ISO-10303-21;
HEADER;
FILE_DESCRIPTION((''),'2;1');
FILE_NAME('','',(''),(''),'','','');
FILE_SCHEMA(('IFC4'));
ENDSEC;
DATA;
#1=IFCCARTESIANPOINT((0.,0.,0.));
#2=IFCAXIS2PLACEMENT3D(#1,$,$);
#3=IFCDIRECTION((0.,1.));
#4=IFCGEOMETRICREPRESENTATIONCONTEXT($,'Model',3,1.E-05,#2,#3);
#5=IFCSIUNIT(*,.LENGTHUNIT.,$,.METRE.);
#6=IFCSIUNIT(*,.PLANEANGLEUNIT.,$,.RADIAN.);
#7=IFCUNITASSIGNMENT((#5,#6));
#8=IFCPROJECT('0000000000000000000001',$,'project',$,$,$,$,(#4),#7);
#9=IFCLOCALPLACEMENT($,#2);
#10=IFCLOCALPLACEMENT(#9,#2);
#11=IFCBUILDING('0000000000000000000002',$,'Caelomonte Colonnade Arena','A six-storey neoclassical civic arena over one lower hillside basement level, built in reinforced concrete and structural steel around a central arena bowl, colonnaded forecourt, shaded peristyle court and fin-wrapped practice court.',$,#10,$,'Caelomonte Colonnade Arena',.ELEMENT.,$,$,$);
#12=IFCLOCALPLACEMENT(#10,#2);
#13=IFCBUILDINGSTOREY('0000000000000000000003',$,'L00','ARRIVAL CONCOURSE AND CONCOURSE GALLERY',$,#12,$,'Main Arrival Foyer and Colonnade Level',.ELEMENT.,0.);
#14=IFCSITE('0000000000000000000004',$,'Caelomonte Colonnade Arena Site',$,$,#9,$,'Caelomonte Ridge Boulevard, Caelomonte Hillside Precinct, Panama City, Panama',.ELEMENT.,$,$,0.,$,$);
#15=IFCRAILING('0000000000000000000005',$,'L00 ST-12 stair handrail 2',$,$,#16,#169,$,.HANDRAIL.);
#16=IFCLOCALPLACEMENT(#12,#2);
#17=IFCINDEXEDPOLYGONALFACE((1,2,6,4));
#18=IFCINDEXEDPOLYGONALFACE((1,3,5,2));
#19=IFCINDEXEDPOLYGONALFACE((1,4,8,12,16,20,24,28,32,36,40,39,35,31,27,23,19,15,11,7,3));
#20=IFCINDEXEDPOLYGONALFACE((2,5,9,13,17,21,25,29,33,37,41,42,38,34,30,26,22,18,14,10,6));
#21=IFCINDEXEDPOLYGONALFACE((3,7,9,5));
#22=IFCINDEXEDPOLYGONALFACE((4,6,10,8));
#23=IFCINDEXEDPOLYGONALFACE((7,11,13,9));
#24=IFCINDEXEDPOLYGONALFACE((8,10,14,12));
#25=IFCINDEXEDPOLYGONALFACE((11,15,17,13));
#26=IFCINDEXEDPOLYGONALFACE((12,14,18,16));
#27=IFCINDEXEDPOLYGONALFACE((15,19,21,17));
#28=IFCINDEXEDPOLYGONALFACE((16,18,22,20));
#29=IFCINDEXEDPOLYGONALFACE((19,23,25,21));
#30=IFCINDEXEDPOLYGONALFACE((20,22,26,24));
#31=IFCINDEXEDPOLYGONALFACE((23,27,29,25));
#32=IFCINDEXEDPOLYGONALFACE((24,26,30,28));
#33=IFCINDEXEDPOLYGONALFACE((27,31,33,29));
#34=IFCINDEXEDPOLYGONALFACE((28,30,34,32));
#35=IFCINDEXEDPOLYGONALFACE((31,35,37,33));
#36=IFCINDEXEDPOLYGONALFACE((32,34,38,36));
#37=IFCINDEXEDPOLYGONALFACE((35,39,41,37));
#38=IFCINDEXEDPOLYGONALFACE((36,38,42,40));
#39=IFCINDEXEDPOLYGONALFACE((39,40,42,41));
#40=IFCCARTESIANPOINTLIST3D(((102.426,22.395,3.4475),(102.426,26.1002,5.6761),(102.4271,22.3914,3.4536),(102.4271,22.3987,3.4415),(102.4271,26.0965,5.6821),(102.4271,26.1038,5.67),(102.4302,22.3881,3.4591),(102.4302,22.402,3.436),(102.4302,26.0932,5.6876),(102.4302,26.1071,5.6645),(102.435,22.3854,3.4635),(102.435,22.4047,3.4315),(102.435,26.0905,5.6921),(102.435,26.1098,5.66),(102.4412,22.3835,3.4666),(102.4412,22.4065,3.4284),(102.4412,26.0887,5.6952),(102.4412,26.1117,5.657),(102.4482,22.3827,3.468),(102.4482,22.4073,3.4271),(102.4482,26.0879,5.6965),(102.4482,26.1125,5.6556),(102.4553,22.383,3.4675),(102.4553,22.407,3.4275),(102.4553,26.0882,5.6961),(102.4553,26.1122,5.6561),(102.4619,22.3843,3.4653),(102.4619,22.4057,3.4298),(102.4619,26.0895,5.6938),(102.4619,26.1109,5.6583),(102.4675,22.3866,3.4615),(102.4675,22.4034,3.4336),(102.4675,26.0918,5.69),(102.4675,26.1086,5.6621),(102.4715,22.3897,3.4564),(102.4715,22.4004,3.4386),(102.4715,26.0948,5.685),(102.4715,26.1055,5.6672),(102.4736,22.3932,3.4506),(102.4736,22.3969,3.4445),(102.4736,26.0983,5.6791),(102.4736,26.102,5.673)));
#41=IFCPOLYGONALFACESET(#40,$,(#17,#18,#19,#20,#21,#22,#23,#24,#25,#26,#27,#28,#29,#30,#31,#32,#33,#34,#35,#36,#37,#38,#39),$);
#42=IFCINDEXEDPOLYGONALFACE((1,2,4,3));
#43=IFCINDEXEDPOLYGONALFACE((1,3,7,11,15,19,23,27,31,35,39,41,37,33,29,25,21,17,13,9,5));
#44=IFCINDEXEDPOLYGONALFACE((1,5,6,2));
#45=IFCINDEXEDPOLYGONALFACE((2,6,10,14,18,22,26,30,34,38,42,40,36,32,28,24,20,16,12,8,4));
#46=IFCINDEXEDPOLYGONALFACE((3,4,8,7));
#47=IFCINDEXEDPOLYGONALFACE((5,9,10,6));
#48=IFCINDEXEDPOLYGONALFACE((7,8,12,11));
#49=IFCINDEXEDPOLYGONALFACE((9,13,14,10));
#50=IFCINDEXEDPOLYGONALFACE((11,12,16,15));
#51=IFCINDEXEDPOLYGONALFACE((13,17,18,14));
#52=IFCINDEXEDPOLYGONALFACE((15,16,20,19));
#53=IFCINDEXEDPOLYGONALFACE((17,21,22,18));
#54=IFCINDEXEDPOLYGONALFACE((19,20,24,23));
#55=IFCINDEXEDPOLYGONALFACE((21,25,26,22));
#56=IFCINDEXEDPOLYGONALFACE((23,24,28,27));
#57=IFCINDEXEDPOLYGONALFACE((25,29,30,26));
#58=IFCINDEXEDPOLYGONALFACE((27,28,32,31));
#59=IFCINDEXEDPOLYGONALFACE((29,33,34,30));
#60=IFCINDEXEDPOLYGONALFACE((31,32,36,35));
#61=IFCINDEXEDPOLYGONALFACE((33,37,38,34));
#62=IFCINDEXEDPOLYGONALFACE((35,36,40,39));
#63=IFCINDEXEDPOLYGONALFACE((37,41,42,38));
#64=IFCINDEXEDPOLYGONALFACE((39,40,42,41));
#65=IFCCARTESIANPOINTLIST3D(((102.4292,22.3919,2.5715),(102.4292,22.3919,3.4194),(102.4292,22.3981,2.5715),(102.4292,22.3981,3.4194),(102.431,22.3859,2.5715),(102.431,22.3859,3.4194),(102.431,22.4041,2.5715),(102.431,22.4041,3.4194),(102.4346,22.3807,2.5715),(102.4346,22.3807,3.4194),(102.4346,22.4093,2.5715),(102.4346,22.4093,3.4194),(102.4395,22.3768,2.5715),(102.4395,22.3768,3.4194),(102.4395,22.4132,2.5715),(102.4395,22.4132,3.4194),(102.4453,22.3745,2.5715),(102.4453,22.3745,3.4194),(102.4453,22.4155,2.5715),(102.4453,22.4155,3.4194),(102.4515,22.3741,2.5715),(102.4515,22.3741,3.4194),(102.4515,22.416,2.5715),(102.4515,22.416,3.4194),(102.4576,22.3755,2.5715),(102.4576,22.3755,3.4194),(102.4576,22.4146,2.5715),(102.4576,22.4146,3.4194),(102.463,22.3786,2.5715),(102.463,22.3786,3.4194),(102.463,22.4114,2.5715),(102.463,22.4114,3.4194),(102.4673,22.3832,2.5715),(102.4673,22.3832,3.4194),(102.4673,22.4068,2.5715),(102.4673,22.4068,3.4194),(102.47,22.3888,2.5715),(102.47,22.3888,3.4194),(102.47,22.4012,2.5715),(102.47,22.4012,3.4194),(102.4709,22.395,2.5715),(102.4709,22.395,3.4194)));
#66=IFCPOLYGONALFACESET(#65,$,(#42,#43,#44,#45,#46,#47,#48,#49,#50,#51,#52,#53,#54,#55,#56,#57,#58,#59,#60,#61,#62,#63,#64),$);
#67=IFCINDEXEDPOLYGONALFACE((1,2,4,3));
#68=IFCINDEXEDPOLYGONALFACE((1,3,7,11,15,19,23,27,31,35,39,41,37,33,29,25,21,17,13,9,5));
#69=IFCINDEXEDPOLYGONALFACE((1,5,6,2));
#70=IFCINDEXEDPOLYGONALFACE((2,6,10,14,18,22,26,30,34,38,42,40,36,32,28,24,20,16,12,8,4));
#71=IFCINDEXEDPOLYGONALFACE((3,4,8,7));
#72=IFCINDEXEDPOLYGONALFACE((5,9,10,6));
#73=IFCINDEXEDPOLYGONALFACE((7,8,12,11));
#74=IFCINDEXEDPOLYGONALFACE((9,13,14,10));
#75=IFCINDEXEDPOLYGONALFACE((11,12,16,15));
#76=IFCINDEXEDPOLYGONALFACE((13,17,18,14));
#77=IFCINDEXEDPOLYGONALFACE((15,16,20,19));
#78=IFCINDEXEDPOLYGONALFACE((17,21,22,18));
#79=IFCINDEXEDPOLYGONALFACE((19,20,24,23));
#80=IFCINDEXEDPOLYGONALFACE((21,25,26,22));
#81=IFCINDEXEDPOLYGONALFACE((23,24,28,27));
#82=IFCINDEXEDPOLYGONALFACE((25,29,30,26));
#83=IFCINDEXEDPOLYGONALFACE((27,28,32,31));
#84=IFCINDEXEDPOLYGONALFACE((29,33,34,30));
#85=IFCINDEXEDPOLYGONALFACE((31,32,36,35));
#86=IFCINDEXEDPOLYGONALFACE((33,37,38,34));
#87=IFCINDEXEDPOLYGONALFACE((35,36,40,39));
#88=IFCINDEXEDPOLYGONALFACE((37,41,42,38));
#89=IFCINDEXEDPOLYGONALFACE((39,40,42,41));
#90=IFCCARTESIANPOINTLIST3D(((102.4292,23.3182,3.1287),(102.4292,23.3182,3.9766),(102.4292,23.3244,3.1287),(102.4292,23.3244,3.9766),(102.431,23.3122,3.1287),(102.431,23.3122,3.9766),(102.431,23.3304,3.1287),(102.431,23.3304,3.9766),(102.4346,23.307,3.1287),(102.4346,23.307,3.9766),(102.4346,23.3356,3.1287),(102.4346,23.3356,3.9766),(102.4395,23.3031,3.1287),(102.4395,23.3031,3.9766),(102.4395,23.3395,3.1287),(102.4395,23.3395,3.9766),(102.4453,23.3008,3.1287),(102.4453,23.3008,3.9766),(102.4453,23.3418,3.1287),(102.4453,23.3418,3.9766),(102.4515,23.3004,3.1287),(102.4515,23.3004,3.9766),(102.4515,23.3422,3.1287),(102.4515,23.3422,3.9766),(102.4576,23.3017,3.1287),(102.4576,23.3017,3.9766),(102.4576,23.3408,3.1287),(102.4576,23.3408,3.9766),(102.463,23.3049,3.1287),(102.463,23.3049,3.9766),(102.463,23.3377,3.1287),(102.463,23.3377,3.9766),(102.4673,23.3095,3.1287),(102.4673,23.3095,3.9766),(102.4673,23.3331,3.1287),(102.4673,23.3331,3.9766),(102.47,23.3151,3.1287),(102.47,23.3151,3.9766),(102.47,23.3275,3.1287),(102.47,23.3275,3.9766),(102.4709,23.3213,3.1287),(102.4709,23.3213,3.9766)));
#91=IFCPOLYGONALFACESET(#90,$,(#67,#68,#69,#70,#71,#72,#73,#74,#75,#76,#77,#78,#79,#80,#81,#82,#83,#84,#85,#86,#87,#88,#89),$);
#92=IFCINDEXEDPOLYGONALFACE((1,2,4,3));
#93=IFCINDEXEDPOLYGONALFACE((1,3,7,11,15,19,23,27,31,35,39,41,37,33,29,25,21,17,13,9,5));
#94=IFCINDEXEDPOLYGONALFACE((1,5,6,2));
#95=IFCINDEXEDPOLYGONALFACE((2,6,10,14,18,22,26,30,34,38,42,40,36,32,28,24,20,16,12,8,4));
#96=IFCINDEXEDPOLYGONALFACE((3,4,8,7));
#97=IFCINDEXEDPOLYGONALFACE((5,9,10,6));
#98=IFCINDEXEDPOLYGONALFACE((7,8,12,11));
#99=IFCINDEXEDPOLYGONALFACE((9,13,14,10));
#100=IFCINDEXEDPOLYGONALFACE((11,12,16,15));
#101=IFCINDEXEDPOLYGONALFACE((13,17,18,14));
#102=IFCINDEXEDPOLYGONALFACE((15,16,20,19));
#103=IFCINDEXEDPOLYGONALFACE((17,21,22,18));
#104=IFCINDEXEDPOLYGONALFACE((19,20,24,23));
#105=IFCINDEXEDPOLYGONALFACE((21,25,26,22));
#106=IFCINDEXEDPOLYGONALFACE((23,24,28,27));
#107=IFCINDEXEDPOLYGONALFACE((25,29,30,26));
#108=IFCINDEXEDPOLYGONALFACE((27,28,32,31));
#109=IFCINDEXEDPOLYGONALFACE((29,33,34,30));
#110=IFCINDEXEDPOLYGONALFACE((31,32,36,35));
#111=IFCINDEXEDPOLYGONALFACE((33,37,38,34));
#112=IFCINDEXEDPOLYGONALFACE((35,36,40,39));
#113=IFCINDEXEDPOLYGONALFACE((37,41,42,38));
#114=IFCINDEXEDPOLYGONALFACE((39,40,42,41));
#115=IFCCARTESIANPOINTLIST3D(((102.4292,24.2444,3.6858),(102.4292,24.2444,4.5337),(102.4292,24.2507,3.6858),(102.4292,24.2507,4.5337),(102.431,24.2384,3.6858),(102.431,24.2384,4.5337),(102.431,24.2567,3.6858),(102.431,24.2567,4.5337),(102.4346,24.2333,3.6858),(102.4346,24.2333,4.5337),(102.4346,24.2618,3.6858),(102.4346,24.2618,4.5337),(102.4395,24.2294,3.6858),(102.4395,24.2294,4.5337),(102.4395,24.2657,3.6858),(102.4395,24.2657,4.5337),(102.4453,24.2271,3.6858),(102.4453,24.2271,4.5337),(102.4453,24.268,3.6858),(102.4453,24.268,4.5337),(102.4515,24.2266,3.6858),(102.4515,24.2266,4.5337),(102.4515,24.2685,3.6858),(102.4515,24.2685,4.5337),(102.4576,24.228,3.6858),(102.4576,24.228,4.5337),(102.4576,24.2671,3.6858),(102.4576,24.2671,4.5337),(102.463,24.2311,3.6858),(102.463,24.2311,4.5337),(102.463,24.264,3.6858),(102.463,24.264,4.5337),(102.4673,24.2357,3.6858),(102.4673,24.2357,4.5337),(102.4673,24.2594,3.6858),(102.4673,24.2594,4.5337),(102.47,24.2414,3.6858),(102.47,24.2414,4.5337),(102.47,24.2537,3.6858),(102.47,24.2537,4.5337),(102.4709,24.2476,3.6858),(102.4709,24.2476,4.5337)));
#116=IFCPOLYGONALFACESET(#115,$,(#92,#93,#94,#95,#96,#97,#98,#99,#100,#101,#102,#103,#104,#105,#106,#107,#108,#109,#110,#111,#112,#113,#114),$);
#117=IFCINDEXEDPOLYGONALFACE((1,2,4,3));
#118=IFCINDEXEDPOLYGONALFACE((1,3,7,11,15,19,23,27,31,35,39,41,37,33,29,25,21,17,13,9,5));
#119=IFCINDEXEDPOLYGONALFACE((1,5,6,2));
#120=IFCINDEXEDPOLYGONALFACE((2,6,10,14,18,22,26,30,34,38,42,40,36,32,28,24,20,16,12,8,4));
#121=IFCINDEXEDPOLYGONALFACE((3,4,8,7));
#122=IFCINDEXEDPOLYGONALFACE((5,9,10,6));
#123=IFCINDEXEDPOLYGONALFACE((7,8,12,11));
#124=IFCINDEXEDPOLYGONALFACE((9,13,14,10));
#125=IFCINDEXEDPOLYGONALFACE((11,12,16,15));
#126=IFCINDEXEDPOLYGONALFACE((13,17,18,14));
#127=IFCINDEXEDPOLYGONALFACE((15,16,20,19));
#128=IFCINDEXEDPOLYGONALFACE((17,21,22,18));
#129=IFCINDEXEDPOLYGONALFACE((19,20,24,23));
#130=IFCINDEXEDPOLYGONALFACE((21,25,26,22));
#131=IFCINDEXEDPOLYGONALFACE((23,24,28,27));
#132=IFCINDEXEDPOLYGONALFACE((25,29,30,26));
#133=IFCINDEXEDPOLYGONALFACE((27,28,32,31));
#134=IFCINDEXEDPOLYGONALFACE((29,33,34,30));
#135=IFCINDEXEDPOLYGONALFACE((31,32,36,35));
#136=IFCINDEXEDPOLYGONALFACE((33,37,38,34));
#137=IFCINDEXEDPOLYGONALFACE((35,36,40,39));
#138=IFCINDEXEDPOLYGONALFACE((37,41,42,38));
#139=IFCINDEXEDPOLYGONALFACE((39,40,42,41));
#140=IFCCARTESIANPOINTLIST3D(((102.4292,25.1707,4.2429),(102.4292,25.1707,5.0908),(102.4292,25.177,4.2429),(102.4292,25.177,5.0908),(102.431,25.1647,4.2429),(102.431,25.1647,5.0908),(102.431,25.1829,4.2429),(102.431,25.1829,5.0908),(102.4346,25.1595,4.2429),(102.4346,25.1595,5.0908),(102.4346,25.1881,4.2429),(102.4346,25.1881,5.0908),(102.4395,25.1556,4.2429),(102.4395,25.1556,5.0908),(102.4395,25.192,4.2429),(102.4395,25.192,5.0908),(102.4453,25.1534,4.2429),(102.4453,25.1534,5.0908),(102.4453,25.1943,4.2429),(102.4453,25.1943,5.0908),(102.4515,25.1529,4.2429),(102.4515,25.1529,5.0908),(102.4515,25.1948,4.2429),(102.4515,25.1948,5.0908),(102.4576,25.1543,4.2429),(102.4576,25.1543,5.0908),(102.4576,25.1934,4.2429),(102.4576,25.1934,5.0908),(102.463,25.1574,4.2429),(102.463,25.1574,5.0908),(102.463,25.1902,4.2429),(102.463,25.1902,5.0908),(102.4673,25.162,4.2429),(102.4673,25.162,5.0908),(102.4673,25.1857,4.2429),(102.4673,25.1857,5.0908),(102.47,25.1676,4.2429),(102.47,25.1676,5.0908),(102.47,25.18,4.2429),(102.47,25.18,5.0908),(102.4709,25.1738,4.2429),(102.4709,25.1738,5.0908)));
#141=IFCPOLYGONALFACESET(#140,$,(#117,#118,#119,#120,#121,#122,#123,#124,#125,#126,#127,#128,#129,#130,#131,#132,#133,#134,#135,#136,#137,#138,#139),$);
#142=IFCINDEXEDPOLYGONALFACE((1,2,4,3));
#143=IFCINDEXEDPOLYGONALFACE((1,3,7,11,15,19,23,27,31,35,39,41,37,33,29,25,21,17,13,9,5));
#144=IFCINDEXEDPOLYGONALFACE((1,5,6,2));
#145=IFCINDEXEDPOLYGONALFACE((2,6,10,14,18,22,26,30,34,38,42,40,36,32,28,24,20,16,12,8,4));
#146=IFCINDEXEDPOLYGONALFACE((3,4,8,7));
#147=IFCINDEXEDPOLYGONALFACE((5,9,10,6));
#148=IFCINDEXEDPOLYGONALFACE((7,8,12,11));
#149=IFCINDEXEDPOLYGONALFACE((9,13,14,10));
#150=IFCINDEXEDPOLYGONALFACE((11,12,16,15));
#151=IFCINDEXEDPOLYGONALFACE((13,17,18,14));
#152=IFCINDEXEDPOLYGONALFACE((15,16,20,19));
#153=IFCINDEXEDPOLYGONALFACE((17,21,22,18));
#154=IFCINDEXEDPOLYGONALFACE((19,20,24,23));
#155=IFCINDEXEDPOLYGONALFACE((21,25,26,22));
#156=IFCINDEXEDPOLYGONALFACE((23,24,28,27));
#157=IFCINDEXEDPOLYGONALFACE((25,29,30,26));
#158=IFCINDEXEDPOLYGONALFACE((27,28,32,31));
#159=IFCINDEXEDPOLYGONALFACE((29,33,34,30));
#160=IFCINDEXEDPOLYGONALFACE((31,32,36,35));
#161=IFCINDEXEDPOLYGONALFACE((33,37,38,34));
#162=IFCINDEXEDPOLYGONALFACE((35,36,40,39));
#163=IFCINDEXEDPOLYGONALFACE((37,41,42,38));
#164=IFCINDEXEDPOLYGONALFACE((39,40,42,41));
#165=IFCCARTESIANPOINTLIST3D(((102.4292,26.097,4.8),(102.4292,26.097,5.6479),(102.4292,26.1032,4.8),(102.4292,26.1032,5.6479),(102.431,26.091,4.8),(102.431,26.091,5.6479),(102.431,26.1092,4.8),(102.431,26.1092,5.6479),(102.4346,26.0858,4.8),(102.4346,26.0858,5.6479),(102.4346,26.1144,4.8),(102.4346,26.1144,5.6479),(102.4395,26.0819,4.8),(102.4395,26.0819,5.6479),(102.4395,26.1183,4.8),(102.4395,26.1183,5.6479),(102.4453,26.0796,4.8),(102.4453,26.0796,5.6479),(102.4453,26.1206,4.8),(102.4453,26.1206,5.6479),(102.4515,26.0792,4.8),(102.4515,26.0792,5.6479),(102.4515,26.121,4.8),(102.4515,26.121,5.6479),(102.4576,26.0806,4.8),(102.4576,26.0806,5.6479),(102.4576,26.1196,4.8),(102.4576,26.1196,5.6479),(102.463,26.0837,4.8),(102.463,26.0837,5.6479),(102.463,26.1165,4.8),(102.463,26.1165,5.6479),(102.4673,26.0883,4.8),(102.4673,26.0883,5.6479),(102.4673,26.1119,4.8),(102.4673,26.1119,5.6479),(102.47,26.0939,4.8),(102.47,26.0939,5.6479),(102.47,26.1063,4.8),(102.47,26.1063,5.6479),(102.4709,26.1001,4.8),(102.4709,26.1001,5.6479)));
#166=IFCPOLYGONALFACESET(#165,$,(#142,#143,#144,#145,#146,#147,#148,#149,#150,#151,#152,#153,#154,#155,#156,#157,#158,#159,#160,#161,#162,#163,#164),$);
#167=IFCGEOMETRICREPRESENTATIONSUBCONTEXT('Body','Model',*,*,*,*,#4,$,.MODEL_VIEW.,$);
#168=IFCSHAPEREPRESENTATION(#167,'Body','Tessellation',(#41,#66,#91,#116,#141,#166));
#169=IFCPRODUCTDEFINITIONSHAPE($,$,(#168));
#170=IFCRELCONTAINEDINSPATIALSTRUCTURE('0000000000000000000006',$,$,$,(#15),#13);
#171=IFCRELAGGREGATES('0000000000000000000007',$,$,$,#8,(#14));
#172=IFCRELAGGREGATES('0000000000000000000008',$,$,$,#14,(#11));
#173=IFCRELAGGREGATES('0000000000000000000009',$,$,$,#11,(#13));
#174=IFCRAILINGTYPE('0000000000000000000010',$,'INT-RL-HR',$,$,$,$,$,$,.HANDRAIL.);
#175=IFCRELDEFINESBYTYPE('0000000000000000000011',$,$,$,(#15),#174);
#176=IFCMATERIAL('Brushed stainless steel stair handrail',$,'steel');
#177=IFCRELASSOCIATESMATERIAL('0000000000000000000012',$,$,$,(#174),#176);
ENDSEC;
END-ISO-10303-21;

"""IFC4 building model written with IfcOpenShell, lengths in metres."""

from ifc_helpers import new_model, si_unit, direction, frame, origin, origin_2d, place, context, subcontext, project, spatial, circle, extrude, material, type_object, element, save


model = new_model("IFC4")

# Units and contexts
model_context = context("Model", 3, precision=1e-05, world=origin(), true_north=direction((0.0, 1.0)))
body_context = subcontext(model_context, "Body", "Model", "MODEL_VIEW")
ifc_project = project(units=[si_unit("LENGTHUNIT", "METRE"), si_unit("PLANEANGLEUNIT", "RADIAN")], contexts=[model_context])

# Site, building, storey
site_placement = place(None, origin())
site = spatial("IfcSite", under=ifc_project, at=site_placement, Name="Caelomonte Colonnade Arena Site", LongName="Caelomonte Ridge Boulevard, Caelomonte Hillside Precinct, Panama City, Panama", CompositionType="ELEMENT", RefElevation=0.0)
building_placement = place(site_placement, origin())
building = spatial("IfcBuilding", under=site, at=building_placement, Name="Caelomonte Colonnade Arena", Description="A six-storey neoclassical civic arena over one lower hillside basement level, built in reinforced concrete and structural steel around a central arena bowl, colonnaded forecourt, shaded peristyle court and fin-wrapped practice court.", LongName="Caelomonte Colonnade Arena", CompositionType="ELEMENT")
storey_placement = place(building_placement, origin())
storey = spatial("IfcBuildingStorey", under=building, at=storey_placement, Name="L00", Description="ARRIVAL CONCOURSE AND CONCOURSE GALLERY", LongName="Main Arrival Foyer and Colonnade Level", CompositionType="ELEMENT", Elevation=0.0)

# Railing
ifc_material_1 = material(Name="Brushed stainless steel stair handrail", Category="steel")
railing_type_1 = type_object("IfcRailingType", Name="INT-RL-HR", PredefinedType="HANDRAIL", material=ifc_material_1)
railing_1_placement = place(storey_placement, frame((102.45, 22.395, 2.5715)))
element("IfcRailing", 1, at=railing_1_placement, inside=storey, type_object=railing_type_1, Name="L00 ST-12 stair handrail 2", PredefinedType="HANDRAIL", context=body_context, shape_type="SweptSolid", body=[
    extrude(circle(Radius=0.0239, at=origin_2d()), frame((0.0, 0.0, 0.876), z_axis=(0.0, 0.856934, 0.515425), x_axis=(-1.0, 0.0, 0.0)), (0.0, 0.0, 1.0), 4.3237),
    extrude(circle(Radius=0.021, at=origin_2d()), origin(), (0.0, 0.0, 1.0), 0.8479),
    extrude(circle(Radius=0.021, at=origin_2d()), frame((0.0, 0.9263, 0.5571)), (0.0, 0.0, 1.0), 0.8479),
    extrude(circle(Radius=0.021, at=origin_2d()), frame((0.0, 1.8525, 1.1143)), (0.0, 0.0, 1.0), 0.8479),
    extrude(circle(Radius=0.021, at=origin_2d()), frame((0.0, 2.7788, 1.6714)), (0.0, 0.0, 1.0), 0.8479),
    extrude(circle(Radius=0.021, at=origin_2d()), frame((0.0, 3.7051, 2.2285)), (0.0, 0.0, 1.0), 0.8479),
])

save(model, "model.ifc")
